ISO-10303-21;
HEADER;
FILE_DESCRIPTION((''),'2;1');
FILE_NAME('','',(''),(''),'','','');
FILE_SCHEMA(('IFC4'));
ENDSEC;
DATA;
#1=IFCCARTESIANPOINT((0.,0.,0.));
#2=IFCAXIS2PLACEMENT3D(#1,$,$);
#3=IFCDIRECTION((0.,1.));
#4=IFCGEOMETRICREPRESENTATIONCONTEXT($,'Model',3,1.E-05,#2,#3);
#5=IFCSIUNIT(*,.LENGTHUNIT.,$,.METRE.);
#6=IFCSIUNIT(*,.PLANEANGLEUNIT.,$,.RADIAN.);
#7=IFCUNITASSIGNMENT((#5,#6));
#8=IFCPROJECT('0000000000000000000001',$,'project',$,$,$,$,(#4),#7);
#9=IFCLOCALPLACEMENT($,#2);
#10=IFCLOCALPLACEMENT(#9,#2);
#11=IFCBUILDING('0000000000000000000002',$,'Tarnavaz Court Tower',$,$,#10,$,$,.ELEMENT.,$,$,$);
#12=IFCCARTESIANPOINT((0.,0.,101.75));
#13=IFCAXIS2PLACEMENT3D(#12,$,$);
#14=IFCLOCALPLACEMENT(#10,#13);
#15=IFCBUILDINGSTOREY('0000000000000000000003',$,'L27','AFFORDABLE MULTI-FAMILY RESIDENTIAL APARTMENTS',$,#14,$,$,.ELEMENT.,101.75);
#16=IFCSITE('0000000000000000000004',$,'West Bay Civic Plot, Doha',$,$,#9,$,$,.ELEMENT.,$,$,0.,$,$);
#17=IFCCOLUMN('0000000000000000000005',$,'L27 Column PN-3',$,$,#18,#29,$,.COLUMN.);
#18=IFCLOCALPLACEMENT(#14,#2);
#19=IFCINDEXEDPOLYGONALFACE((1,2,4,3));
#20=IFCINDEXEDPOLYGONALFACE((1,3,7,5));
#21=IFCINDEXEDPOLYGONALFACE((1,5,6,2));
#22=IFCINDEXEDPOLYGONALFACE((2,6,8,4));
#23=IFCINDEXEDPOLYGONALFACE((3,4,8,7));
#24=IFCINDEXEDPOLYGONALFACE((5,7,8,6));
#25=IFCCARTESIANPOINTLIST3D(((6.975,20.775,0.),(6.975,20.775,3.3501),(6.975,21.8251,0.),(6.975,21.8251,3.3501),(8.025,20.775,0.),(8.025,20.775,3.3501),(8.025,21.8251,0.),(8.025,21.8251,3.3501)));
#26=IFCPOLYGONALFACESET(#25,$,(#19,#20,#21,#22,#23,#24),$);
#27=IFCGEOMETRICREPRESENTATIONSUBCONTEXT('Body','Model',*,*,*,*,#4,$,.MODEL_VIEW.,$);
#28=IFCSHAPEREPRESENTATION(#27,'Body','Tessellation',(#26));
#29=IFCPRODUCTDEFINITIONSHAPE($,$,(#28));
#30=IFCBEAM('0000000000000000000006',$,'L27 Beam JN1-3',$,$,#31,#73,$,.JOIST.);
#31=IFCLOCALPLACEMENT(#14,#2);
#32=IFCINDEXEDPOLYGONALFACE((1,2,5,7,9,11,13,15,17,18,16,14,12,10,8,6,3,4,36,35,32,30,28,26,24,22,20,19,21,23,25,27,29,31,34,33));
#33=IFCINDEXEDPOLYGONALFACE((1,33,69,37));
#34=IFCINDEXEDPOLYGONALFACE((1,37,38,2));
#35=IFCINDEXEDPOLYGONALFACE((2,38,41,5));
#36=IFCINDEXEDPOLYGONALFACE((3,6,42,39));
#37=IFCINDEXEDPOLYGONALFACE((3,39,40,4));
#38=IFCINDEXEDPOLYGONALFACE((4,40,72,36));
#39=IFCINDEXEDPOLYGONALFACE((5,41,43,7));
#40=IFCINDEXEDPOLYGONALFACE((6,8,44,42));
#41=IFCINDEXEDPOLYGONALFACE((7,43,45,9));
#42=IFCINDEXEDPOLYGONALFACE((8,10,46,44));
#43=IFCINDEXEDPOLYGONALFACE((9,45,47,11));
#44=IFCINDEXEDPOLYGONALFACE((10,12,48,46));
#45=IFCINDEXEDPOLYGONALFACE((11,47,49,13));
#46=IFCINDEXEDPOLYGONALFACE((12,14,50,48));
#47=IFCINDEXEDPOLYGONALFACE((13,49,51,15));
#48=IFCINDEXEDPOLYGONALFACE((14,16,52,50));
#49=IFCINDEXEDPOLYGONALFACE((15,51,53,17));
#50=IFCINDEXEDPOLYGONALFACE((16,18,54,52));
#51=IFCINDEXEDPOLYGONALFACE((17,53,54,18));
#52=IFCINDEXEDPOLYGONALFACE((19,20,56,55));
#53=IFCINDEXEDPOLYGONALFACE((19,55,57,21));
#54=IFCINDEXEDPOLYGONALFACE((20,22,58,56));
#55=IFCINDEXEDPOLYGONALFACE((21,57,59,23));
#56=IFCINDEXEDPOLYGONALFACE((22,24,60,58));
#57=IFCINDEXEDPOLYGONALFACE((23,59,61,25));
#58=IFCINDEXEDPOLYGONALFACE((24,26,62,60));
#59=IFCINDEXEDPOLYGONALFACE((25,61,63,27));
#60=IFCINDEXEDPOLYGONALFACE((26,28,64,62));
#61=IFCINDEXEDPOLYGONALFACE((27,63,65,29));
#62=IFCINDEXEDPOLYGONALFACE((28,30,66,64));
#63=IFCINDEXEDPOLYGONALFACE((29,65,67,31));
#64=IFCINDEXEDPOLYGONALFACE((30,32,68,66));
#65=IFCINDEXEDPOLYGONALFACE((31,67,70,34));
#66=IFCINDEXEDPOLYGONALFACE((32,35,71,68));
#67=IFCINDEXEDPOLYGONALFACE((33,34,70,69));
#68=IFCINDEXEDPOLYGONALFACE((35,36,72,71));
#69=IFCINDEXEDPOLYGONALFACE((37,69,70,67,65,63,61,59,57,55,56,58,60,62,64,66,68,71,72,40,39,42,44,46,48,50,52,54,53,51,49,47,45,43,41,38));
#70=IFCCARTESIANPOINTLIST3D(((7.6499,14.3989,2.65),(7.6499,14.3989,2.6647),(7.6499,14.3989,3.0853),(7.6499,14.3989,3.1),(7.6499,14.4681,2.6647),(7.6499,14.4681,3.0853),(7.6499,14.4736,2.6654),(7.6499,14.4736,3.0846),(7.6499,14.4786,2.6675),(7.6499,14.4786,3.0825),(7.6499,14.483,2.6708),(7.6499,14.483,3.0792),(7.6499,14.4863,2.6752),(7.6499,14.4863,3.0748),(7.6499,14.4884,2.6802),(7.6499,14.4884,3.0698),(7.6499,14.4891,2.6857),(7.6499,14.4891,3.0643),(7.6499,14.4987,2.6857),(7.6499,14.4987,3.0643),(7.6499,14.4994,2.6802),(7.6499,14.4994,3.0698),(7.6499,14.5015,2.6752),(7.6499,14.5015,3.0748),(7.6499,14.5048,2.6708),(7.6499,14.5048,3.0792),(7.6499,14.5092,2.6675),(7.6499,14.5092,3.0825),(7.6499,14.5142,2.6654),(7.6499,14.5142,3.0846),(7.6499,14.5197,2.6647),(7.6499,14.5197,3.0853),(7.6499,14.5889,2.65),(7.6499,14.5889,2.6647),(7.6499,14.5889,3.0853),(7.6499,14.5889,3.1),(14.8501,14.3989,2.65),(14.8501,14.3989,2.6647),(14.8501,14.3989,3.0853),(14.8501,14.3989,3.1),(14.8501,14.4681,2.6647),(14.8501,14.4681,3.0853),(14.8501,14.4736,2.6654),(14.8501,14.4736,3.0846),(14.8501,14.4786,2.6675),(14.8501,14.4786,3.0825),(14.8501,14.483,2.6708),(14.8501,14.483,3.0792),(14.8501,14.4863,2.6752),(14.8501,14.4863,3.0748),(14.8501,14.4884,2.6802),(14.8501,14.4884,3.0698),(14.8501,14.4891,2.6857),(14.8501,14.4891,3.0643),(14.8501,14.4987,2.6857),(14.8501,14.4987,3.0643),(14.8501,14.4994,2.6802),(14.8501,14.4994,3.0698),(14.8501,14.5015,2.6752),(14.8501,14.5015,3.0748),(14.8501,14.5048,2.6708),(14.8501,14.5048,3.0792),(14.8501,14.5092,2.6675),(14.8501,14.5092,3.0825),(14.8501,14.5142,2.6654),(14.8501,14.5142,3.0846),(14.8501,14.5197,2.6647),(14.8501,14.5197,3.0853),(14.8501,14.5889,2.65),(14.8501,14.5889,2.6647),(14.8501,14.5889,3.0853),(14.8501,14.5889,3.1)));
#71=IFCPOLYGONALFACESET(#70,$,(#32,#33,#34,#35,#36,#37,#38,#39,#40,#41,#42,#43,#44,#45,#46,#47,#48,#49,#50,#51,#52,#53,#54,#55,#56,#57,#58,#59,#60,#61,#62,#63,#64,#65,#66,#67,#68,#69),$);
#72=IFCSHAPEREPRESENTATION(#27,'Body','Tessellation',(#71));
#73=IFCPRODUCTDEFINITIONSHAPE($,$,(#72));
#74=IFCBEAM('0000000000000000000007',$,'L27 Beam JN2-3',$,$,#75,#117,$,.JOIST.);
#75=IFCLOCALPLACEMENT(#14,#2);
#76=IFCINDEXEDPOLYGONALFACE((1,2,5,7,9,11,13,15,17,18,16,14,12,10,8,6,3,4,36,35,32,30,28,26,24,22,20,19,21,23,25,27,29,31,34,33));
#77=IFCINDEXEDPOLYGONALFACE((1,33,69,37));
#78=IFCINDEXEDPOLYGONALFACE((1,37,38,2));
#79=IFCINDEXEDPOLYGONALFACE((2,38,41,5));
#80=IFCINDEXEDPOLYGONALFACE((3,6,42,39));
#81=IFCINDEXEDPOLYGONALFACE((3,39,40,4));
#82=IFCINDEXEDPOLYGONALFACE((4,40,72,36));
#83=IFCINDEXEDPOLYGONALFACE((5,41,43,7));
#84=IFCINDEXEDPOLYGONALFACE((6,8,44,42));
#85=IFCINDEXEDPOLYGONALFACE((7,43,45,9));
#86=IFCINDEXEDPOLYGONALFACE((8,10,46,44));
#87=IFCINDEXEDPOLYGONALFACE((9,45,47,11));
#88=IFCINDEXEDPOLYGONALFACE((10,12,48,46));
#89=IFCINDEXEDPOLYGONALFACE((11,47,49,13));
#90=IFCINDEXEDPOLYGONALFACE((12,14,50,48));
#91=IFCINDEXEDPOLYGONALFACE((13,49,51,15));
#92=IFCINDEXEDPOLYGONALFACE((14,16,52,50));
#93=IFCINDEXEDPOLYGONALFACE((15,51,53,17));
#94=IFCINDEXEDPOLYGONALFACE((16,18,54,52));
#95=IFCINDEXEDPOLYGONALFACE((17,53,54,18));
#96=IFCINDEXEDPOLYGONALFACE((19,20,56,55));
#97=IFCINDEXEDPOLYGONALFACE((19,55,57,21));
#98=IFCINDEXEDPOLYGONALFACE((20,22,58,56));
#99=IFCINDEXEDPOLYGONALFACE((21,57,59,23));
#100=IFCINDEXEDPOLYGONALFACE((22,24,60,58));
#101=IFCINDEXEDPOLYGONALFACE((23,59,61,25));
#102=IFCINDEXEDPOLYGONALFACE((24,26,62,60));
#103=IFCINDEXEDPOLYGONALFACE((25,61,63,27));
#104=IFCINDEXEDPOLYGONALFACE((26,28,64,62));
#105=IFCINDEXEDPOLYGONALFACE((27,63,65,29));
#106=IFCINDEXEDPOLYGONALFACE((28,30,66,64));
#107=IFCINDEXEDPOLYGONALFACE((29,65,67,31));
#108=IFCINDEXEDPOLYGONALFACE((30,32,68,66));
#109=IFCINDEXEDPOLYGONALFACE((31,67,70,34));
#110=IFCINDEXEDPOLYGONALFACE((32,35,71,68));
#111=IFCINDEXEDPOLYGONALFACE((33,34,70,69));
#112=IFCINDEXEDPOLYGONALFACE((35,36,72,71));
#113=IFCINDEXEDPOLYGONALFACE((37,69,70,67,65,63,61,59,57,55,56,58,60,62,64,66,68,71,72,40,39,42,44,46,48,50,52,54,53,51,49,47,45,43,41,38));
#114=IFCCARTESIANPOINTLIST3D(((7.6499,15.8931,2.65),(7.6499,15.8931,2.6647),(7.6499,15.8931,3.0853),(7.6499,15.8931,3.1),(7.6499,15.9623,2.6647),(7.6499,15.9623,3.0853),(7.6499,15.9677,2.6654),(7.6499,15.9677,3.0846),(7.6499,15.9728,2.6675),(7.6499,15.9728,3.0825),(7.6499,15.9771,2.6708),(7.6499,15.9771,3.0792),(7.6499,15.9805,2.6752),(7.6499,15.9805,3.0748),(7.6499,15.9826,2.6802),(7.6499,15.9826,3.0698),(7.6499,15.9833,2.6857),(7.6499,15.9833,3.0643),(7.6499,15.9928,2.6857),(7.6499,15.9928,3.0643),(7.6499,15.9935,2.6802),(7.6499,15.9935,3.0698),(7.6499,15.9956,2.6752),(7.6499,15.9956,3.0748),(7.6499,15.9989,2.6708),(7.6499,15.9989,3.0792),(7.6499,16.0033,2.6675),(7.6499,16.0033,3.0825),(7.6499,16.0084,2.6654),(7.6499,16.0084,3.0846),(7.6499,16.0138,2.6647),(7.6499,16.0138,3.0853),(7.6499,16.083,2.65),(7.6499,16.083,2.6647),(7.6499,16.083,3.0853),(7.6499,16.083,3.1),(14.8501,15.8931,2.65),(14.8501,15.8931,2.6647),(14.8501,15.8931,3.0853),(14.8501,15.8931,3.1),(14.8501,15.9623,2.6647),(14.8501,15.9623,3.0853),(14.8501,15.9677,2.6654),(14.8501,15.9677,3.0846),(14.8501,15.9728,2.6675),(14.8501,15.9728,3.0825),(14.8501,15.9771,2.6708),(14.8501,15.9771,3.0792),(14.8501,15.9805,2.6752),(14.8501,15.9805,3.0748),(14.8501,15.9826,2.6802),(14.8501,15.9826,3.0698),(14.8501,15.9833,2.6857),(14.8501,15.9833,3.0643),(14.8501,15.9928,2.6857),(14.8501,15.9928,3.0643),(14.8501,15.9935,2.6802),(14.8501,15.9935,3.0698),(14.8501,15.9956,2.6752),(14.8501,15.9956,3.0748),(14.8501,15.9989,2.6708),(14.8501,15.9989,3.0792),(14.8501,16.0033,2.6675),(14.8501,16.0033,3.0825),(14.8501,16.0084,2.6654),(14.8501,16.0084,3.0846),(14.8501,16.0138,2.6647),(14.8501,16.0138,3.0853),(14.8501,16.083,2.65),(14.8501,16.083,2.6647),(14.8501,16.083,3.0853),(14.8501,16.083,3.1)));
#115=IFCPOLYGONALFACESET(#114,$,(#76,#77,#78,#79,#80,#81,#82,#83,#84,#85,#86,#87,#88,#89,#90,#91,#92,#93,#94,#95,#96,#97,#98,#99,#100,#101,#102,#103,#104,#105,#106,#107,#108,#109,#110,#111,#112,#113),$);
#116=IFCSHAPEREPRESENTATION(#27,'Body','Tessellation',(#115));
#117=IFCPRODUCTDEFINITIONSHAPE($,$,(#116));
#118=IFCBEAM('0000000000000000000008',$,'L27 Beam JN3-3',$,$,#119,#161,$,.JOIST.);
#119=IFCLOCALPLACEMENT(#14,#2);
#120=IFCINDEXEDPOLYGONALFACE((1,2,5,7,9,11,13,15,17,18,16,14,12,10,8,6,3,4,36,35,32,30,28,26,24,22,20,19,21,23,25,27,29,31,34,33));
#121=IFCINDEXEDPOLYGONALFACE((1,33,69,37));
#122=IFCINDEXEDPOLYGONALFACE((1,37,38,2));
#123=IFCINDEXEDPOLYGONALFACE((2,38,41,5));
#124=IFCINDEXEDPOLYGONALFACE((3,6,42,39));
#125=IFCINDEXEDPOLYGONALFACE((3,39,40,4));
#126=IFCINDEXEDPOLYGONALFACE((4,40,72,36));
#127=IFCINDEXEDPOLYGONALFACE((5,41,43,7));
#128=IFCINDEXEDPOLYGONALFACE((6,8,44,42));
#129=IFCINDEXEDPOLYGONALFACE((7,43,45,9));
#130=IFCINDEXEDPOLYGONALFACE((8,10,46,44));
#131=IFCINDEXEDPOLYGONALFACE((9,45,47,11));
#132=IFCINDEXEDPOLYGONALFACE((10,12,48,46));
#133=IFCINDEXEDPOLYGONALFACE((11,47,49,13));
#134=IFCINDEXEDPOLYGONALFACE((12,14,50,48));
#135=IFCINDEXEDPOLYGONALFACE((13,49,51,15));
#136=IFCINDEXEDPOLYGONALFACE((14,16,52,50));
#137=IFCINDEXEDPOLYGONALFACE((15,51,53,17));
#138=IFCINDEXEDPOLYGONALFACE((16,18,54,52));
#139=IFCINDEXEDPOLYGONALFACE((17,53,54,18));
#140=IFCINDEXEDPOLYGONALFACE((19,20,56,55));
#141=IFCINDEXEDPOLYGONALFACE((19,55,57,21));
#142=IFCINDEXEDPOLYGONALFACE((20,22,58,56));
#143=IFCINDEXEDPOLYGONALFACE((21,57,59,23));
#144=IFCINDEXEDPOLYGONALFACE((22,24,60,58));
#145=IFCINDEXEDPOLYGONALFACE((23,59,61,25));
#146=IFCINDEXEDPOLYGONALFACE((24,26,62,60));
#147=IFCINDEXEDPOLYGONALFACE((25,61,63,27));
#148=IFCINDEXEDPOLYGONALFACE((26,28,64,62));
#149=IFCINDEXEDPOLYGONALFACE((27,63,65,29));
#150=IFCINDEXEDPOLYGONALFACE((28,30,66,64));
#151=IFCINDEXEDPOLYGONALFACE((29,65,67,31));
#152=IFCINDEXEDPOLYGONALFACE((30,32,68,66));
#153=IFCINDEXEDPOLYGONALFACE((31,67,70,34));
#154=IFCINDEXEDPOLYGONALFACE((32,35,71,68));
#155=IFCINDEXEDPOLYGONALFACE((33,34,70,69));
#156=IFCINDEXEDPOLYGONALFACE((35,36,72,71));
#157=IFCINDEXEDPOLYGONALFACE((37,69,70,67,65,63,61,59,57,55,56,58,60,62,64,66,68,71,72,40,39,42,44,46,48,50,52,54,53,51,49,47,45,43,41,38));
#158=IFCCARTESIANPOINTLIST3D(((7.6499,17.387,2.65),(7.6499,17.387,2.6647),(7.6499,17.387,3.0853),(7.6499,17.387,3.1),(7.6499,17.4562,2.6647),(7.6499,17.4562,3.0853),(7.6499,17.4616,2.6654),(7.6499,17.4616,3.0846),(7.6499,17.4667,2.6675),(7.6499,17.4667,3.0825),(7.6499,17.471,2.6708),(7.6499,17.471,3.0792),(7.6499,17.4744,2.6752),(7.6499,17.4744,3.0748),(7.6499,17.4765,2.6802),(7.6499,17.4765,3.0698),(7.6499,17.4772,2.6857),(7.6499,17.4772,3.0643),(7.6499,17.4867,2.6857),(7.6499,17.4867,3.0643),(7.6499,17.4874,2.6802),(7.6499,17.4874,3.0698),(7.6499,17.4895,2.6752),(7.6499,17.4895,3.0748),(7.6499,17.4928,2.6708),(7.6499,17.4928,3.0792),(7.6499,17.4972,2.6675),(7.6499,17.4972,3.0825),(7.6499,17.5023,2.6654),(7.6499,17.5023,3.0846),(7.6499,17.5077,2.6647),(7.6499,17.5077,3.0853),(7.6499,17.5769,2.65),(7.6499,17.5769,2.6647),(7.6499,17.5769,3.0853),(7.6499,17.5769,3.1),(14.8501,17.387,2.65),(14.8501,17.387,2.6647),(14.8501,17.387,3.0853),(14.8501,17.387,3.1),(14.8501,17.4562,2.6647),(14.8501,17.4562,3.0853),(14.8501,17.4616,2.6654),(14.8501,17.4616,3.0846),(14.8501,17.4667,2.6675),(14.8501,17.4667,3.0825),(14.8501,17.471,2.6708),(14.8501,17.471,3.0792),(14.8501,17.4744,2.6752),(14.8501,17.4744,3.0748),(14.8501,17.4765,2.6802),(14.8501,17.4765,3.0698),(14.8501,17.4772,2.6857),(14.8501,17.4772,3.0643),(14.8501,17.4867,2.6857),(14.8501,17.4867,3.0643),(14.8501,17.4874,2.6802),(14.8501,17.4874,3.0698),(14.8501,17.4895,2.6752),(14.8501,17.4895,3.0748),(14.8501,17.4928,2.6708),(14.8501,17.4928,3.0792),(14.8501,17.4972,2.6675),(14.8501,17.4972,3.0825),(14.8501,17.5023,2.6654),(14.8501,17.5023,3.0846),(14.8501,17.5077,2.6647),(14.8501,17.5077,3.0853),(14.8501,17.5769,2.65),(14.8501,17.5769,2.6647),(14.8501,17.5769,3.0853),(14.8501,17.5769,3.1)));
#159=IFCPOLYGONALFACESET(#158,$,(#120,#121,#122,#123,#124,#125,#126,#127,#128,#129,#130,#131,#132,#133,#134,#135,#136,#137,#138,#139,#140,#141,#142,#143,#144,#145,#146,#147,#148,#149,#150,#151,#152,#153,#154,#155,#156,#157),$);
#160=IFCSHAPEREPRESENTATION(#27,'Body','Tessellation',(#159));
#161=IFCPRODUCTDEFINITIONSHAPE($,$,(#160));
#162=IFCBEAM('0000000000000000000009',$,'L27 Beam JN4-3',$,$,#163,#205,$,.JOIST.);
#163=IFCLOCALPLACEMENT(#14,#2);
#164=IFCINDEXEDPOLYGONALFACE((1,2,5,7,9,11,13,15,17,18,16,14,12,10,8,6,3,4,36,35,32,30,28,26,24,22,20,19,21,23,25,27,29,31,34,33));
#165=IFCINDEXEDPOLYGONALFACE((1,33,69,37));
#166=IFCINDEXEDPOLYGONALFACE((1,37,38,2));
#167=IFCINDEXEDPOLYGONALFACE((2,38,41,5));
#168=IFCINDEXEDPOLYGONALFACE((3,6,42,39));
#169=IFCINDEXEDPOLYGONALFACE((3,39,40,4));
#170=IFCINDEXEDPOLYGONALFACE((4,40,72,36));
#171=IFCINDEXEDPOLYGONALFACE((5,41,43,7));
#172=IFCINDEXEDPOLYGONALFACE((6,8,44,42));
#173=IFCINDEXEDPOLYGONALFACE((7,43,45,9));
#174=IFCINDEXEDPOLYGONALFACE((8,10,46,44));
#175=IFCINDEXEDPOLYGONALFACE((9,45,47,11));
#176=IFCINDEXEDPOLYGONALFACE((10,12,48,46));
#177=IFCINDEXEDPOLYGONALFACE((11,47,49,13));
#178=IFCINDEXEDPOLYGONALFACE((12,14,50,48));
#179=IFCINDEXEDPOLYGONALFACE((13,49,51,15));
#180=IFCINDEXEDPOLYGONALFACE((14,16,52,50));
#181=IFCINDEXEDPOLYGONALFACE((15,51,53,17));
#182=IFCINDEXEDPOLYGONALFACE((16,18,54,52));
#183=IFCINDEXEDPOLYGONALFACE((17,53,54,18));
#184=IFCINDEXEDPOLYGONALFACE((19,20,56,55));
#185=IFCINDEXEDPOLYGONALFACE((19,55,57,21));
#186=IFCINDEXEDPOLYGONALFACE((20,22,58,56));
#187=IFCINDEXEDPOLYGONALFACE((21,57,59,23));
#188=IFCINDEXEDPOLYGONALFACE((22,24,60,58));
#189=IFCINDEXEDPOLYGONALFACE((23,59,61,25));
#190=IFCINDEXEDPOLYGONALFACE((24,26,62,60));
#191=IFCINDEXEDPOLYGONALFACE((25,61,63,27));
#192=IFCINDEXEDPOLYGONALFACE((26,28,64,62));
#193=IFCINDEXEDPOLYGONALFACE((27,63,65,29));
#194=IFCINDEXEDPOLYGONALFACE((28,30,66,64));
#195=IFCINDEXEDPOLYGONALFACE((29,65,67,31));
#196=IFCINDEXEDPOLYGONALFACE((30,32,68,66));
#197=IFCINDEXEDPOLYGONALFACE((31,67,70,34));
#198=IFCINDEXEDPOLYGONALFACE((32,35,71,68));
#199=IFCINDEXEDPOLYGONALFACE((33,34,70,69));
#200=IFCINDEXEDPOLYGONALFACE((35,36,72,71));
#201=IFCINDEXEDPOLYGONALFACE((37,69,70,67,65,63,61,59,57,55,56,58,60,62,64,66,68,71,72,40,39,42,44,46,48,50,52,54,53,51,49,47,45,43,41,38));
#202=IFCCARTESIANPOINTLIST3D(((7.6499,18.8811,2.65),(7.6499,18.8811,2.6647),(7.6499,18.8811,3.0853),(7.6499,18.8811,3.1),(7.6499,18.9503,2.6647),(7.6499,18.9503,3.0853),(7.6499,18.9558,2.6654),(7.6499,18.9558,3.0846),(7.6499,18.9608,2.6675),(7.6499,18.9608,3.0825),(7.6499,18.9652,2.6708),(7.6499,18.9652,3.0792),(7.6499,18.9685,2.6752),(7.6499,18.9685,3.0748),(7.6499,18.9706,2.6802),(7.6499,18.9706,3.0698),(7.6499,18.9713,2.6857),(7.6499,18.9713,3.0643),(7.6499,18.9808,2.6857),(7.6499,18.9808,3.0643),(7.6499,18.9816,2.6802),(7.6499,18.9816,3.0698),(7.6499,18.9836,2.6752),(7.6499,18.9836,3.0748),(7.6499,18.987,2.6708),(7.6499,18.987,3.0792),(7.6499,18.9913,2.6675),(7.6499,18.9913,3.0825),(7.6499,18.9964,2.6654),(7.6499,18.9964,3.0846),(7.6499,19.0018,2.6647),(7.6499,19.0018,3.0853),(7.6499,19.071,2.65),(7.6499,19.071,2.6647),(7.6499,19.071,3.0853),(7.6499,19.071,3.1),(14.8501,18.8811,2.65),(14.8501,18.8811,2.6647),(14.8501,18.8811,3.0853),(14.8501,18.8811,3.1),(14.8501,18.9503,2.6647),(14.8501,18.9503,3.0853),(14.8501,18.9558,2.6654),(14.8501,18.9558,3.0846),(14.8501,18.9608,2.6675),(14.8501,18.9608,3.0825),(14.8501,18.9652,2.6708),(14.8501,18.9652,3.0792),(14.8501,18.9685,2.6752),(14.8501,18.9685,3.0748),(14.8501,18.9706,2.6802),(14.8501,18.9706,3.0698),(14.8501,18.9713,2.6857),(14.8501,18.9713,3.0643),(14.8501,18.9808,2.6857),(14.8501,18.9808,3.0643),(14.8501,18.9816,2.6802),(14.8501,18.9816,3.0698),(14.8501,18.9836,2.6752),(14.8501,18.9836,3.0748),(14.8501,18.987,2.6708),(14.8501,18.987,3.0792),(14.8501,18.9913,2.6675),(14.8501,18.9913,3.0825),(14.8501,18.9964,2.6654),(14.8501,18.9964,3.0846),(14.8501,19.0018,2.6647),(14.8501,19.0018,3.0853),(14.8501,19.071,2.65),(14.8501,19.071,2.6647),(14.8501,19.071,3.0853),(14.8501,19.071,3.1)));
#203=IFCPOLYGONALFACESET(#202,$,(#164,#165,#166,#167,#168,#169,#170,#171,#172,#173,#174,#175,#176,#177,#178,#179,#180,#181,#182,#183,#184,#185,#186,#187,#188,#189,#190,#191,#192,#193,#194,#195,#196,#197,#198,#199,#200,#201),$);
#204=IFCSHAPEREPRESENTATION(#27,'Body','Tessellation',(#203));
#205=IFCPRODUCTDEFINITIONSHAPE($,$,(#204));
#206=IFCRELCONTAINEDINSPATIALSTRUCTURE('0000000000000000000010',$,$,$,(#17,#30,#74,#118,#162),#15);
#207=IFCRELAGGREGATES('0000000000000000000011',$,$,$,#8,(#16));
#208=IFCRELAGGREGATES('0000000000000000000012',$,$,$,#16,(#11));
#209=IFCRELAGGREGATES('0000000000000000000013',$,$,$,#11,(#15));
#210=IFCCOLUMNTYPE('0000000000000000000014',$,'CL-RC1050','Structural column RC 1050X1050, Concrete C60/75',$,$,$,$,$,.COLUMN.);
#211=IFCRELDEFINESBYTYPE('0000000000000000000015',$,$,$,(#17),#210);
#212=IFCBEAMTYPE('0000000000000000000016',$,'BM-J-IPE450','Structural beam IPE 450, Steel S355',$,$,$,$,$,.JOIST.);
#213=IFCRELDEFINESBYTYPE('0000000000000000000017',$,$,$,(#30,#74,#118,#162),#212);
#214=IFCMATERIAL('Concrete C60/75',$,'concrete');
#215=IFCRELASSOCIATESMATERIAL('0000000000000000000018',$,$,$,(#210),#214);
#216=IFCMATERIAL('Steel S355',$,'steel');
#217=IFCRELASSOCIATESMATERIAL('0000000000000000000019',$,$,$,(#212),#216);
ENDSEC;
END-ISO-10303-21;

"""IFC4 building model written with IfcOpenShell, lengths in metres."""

from ifc_helpers import new_model, si_unit, direction, frame, origin, origin_2d, place, context, subcontext, project, spatial, rectangle, i_section, extrude, material, material_profile, profile_set, type_object, element, save


model = new_model("IFC4")

# Units and contexts
model_context = context("Model", 3, precision=1e-05, world=origin(), true_north=direction((0.0, 1.0)))
body_context = subcontext(model_context, "Body", "Model", "MODEL_VIEW")
ifc_project = project(units=[si_unit("LENGTHUNIT", "METRE"), si_unit("PLANEANGLEUNIT", "RADIAN")], contexts=[model_context])

# Site, building, storey
site_placement = place(None, origin())
site = spatial("IfcSite", under=ifc_project, at=site_placement, Name="West Bay Civic Plot, Doha", CompositionType="ELEMENT", RefElevation=0.0)
building_placement = place(site_placement, origin())
building = spatial("IfcBuilding", under=site, at=building_placement, Name="Tarnavaz Court Tower", CompositionType="ELEMENT")
storey_placement = place(building_placement, frame((0.0, 0.0, 101.75)))
storey = spatial("IfcBuildingStorey", under=building, at=storey_placement, Name="L27", Description="AFFORDABLE MULTI-FAMILY RESIDENTIAL APARTMENTS", CompositionType="ELEMENT", Elevation=101.75)

# Column
ifc_material_1 = material(Name="Concrete C60/75", Category="concrete")
ifc_material_profile_1 = material_profile(ifc_material_1, rectangle(XDim=1.05, YDim=1.05, at=origin_2d()), Name="RC 1050X1050")
ifc_profile_set_1 = profile_set([ifc_material_profile_1], Name="Concrete C60/75")
column_type = type_object("IfcColumnType", Name="CL-RC1050", Description="Structural column RC 1050X1050, Concrete C60/75", PredefinedType="COLUMN", material=ifc_profile_set_1)
column_placement = place(storey_placement, frame((7.5, 21.3, 0.0), z_axis=(0.0, 0.0, 1.0), x_axis=(1.0, 0.0, 0.0)))
element("IfcColumn", 1, at=column_placement, inside=storey, type_object=column_type, Name="L27 Column PN-3", PredefinedType="COLUMN", context=body_context, shape_type="SweptSolid", body=[
    extrude(rectangle(XDim=1.05, YDim=1.05, at=origin_2d()), origin(), (0.0, 0.0, 1.0), 3.3501),
])

# Beams
ifc_material_2 = material(Name="Steel S355", Category="steel")
ifc_material_profile_2 = material_profile(ifc_material_2, i_section(OverallWidth=0.1899, OverallDepth=0.45, WebThickness=0.0095, FlangeThickness=0.0146, FilletRadius=0.021, at=origin_2d()), Name="IPE 450")
ifc_profile_set_2 = profile_set([ifc_material_profile_2], Name="Steel S355")
beam_type_1 = type_object("IfcBeamType", Name="BM-J-IPE450", Description="Structural beam IPE 450, Steel S355", PredefinedType="JOIST", material=ifc_profile_set_2)
for number, where, z_axis, x_axis, name in (
    (2, (7.6499, 14.4939, 2.875), (1.0, 0.0, 0.0), (0.0, 1.0, 0.0), "L27 Beam JN1-3"),
    (3, (7.6499, 15.988, 2.875), (1.0, 0.0, 0.0), (0.0, 1.0, 0.0), "L27 Beam JN2-3"),
    (4, (7.6499, 17.4819, 2.875), (1.0, 0.0, 0.0), (0.0, 1.0, 0.0), "L27 Beam JN3-3"),
    (5, (7.6499, 18.9761, 2.875), (1.0, 0.0, 0.0), (0.0, 1.0, 0.0), "L27 Beam JN4-3"),
):
    element("IfcBeam", number, at=place(storey_placement, frame(where, z_axis=z_axis, x_axis=x_axis)), inside=storey, type_object=beam_type_1, Name=name, PredefinedType="JOIST", context=body_context, shape_type="SweptSolid", body=[
        extrude(i_section(OverallWidth=0.1899, OverallDepth=0.45, WebThickness=0.0095, FlangeThickness=0.0146, FilletRadius=0.021, at=origin_2d()), origin(), (0.0, 0.0, 1.0), 7.2002),
    ])

save(model, "model.ifc")
